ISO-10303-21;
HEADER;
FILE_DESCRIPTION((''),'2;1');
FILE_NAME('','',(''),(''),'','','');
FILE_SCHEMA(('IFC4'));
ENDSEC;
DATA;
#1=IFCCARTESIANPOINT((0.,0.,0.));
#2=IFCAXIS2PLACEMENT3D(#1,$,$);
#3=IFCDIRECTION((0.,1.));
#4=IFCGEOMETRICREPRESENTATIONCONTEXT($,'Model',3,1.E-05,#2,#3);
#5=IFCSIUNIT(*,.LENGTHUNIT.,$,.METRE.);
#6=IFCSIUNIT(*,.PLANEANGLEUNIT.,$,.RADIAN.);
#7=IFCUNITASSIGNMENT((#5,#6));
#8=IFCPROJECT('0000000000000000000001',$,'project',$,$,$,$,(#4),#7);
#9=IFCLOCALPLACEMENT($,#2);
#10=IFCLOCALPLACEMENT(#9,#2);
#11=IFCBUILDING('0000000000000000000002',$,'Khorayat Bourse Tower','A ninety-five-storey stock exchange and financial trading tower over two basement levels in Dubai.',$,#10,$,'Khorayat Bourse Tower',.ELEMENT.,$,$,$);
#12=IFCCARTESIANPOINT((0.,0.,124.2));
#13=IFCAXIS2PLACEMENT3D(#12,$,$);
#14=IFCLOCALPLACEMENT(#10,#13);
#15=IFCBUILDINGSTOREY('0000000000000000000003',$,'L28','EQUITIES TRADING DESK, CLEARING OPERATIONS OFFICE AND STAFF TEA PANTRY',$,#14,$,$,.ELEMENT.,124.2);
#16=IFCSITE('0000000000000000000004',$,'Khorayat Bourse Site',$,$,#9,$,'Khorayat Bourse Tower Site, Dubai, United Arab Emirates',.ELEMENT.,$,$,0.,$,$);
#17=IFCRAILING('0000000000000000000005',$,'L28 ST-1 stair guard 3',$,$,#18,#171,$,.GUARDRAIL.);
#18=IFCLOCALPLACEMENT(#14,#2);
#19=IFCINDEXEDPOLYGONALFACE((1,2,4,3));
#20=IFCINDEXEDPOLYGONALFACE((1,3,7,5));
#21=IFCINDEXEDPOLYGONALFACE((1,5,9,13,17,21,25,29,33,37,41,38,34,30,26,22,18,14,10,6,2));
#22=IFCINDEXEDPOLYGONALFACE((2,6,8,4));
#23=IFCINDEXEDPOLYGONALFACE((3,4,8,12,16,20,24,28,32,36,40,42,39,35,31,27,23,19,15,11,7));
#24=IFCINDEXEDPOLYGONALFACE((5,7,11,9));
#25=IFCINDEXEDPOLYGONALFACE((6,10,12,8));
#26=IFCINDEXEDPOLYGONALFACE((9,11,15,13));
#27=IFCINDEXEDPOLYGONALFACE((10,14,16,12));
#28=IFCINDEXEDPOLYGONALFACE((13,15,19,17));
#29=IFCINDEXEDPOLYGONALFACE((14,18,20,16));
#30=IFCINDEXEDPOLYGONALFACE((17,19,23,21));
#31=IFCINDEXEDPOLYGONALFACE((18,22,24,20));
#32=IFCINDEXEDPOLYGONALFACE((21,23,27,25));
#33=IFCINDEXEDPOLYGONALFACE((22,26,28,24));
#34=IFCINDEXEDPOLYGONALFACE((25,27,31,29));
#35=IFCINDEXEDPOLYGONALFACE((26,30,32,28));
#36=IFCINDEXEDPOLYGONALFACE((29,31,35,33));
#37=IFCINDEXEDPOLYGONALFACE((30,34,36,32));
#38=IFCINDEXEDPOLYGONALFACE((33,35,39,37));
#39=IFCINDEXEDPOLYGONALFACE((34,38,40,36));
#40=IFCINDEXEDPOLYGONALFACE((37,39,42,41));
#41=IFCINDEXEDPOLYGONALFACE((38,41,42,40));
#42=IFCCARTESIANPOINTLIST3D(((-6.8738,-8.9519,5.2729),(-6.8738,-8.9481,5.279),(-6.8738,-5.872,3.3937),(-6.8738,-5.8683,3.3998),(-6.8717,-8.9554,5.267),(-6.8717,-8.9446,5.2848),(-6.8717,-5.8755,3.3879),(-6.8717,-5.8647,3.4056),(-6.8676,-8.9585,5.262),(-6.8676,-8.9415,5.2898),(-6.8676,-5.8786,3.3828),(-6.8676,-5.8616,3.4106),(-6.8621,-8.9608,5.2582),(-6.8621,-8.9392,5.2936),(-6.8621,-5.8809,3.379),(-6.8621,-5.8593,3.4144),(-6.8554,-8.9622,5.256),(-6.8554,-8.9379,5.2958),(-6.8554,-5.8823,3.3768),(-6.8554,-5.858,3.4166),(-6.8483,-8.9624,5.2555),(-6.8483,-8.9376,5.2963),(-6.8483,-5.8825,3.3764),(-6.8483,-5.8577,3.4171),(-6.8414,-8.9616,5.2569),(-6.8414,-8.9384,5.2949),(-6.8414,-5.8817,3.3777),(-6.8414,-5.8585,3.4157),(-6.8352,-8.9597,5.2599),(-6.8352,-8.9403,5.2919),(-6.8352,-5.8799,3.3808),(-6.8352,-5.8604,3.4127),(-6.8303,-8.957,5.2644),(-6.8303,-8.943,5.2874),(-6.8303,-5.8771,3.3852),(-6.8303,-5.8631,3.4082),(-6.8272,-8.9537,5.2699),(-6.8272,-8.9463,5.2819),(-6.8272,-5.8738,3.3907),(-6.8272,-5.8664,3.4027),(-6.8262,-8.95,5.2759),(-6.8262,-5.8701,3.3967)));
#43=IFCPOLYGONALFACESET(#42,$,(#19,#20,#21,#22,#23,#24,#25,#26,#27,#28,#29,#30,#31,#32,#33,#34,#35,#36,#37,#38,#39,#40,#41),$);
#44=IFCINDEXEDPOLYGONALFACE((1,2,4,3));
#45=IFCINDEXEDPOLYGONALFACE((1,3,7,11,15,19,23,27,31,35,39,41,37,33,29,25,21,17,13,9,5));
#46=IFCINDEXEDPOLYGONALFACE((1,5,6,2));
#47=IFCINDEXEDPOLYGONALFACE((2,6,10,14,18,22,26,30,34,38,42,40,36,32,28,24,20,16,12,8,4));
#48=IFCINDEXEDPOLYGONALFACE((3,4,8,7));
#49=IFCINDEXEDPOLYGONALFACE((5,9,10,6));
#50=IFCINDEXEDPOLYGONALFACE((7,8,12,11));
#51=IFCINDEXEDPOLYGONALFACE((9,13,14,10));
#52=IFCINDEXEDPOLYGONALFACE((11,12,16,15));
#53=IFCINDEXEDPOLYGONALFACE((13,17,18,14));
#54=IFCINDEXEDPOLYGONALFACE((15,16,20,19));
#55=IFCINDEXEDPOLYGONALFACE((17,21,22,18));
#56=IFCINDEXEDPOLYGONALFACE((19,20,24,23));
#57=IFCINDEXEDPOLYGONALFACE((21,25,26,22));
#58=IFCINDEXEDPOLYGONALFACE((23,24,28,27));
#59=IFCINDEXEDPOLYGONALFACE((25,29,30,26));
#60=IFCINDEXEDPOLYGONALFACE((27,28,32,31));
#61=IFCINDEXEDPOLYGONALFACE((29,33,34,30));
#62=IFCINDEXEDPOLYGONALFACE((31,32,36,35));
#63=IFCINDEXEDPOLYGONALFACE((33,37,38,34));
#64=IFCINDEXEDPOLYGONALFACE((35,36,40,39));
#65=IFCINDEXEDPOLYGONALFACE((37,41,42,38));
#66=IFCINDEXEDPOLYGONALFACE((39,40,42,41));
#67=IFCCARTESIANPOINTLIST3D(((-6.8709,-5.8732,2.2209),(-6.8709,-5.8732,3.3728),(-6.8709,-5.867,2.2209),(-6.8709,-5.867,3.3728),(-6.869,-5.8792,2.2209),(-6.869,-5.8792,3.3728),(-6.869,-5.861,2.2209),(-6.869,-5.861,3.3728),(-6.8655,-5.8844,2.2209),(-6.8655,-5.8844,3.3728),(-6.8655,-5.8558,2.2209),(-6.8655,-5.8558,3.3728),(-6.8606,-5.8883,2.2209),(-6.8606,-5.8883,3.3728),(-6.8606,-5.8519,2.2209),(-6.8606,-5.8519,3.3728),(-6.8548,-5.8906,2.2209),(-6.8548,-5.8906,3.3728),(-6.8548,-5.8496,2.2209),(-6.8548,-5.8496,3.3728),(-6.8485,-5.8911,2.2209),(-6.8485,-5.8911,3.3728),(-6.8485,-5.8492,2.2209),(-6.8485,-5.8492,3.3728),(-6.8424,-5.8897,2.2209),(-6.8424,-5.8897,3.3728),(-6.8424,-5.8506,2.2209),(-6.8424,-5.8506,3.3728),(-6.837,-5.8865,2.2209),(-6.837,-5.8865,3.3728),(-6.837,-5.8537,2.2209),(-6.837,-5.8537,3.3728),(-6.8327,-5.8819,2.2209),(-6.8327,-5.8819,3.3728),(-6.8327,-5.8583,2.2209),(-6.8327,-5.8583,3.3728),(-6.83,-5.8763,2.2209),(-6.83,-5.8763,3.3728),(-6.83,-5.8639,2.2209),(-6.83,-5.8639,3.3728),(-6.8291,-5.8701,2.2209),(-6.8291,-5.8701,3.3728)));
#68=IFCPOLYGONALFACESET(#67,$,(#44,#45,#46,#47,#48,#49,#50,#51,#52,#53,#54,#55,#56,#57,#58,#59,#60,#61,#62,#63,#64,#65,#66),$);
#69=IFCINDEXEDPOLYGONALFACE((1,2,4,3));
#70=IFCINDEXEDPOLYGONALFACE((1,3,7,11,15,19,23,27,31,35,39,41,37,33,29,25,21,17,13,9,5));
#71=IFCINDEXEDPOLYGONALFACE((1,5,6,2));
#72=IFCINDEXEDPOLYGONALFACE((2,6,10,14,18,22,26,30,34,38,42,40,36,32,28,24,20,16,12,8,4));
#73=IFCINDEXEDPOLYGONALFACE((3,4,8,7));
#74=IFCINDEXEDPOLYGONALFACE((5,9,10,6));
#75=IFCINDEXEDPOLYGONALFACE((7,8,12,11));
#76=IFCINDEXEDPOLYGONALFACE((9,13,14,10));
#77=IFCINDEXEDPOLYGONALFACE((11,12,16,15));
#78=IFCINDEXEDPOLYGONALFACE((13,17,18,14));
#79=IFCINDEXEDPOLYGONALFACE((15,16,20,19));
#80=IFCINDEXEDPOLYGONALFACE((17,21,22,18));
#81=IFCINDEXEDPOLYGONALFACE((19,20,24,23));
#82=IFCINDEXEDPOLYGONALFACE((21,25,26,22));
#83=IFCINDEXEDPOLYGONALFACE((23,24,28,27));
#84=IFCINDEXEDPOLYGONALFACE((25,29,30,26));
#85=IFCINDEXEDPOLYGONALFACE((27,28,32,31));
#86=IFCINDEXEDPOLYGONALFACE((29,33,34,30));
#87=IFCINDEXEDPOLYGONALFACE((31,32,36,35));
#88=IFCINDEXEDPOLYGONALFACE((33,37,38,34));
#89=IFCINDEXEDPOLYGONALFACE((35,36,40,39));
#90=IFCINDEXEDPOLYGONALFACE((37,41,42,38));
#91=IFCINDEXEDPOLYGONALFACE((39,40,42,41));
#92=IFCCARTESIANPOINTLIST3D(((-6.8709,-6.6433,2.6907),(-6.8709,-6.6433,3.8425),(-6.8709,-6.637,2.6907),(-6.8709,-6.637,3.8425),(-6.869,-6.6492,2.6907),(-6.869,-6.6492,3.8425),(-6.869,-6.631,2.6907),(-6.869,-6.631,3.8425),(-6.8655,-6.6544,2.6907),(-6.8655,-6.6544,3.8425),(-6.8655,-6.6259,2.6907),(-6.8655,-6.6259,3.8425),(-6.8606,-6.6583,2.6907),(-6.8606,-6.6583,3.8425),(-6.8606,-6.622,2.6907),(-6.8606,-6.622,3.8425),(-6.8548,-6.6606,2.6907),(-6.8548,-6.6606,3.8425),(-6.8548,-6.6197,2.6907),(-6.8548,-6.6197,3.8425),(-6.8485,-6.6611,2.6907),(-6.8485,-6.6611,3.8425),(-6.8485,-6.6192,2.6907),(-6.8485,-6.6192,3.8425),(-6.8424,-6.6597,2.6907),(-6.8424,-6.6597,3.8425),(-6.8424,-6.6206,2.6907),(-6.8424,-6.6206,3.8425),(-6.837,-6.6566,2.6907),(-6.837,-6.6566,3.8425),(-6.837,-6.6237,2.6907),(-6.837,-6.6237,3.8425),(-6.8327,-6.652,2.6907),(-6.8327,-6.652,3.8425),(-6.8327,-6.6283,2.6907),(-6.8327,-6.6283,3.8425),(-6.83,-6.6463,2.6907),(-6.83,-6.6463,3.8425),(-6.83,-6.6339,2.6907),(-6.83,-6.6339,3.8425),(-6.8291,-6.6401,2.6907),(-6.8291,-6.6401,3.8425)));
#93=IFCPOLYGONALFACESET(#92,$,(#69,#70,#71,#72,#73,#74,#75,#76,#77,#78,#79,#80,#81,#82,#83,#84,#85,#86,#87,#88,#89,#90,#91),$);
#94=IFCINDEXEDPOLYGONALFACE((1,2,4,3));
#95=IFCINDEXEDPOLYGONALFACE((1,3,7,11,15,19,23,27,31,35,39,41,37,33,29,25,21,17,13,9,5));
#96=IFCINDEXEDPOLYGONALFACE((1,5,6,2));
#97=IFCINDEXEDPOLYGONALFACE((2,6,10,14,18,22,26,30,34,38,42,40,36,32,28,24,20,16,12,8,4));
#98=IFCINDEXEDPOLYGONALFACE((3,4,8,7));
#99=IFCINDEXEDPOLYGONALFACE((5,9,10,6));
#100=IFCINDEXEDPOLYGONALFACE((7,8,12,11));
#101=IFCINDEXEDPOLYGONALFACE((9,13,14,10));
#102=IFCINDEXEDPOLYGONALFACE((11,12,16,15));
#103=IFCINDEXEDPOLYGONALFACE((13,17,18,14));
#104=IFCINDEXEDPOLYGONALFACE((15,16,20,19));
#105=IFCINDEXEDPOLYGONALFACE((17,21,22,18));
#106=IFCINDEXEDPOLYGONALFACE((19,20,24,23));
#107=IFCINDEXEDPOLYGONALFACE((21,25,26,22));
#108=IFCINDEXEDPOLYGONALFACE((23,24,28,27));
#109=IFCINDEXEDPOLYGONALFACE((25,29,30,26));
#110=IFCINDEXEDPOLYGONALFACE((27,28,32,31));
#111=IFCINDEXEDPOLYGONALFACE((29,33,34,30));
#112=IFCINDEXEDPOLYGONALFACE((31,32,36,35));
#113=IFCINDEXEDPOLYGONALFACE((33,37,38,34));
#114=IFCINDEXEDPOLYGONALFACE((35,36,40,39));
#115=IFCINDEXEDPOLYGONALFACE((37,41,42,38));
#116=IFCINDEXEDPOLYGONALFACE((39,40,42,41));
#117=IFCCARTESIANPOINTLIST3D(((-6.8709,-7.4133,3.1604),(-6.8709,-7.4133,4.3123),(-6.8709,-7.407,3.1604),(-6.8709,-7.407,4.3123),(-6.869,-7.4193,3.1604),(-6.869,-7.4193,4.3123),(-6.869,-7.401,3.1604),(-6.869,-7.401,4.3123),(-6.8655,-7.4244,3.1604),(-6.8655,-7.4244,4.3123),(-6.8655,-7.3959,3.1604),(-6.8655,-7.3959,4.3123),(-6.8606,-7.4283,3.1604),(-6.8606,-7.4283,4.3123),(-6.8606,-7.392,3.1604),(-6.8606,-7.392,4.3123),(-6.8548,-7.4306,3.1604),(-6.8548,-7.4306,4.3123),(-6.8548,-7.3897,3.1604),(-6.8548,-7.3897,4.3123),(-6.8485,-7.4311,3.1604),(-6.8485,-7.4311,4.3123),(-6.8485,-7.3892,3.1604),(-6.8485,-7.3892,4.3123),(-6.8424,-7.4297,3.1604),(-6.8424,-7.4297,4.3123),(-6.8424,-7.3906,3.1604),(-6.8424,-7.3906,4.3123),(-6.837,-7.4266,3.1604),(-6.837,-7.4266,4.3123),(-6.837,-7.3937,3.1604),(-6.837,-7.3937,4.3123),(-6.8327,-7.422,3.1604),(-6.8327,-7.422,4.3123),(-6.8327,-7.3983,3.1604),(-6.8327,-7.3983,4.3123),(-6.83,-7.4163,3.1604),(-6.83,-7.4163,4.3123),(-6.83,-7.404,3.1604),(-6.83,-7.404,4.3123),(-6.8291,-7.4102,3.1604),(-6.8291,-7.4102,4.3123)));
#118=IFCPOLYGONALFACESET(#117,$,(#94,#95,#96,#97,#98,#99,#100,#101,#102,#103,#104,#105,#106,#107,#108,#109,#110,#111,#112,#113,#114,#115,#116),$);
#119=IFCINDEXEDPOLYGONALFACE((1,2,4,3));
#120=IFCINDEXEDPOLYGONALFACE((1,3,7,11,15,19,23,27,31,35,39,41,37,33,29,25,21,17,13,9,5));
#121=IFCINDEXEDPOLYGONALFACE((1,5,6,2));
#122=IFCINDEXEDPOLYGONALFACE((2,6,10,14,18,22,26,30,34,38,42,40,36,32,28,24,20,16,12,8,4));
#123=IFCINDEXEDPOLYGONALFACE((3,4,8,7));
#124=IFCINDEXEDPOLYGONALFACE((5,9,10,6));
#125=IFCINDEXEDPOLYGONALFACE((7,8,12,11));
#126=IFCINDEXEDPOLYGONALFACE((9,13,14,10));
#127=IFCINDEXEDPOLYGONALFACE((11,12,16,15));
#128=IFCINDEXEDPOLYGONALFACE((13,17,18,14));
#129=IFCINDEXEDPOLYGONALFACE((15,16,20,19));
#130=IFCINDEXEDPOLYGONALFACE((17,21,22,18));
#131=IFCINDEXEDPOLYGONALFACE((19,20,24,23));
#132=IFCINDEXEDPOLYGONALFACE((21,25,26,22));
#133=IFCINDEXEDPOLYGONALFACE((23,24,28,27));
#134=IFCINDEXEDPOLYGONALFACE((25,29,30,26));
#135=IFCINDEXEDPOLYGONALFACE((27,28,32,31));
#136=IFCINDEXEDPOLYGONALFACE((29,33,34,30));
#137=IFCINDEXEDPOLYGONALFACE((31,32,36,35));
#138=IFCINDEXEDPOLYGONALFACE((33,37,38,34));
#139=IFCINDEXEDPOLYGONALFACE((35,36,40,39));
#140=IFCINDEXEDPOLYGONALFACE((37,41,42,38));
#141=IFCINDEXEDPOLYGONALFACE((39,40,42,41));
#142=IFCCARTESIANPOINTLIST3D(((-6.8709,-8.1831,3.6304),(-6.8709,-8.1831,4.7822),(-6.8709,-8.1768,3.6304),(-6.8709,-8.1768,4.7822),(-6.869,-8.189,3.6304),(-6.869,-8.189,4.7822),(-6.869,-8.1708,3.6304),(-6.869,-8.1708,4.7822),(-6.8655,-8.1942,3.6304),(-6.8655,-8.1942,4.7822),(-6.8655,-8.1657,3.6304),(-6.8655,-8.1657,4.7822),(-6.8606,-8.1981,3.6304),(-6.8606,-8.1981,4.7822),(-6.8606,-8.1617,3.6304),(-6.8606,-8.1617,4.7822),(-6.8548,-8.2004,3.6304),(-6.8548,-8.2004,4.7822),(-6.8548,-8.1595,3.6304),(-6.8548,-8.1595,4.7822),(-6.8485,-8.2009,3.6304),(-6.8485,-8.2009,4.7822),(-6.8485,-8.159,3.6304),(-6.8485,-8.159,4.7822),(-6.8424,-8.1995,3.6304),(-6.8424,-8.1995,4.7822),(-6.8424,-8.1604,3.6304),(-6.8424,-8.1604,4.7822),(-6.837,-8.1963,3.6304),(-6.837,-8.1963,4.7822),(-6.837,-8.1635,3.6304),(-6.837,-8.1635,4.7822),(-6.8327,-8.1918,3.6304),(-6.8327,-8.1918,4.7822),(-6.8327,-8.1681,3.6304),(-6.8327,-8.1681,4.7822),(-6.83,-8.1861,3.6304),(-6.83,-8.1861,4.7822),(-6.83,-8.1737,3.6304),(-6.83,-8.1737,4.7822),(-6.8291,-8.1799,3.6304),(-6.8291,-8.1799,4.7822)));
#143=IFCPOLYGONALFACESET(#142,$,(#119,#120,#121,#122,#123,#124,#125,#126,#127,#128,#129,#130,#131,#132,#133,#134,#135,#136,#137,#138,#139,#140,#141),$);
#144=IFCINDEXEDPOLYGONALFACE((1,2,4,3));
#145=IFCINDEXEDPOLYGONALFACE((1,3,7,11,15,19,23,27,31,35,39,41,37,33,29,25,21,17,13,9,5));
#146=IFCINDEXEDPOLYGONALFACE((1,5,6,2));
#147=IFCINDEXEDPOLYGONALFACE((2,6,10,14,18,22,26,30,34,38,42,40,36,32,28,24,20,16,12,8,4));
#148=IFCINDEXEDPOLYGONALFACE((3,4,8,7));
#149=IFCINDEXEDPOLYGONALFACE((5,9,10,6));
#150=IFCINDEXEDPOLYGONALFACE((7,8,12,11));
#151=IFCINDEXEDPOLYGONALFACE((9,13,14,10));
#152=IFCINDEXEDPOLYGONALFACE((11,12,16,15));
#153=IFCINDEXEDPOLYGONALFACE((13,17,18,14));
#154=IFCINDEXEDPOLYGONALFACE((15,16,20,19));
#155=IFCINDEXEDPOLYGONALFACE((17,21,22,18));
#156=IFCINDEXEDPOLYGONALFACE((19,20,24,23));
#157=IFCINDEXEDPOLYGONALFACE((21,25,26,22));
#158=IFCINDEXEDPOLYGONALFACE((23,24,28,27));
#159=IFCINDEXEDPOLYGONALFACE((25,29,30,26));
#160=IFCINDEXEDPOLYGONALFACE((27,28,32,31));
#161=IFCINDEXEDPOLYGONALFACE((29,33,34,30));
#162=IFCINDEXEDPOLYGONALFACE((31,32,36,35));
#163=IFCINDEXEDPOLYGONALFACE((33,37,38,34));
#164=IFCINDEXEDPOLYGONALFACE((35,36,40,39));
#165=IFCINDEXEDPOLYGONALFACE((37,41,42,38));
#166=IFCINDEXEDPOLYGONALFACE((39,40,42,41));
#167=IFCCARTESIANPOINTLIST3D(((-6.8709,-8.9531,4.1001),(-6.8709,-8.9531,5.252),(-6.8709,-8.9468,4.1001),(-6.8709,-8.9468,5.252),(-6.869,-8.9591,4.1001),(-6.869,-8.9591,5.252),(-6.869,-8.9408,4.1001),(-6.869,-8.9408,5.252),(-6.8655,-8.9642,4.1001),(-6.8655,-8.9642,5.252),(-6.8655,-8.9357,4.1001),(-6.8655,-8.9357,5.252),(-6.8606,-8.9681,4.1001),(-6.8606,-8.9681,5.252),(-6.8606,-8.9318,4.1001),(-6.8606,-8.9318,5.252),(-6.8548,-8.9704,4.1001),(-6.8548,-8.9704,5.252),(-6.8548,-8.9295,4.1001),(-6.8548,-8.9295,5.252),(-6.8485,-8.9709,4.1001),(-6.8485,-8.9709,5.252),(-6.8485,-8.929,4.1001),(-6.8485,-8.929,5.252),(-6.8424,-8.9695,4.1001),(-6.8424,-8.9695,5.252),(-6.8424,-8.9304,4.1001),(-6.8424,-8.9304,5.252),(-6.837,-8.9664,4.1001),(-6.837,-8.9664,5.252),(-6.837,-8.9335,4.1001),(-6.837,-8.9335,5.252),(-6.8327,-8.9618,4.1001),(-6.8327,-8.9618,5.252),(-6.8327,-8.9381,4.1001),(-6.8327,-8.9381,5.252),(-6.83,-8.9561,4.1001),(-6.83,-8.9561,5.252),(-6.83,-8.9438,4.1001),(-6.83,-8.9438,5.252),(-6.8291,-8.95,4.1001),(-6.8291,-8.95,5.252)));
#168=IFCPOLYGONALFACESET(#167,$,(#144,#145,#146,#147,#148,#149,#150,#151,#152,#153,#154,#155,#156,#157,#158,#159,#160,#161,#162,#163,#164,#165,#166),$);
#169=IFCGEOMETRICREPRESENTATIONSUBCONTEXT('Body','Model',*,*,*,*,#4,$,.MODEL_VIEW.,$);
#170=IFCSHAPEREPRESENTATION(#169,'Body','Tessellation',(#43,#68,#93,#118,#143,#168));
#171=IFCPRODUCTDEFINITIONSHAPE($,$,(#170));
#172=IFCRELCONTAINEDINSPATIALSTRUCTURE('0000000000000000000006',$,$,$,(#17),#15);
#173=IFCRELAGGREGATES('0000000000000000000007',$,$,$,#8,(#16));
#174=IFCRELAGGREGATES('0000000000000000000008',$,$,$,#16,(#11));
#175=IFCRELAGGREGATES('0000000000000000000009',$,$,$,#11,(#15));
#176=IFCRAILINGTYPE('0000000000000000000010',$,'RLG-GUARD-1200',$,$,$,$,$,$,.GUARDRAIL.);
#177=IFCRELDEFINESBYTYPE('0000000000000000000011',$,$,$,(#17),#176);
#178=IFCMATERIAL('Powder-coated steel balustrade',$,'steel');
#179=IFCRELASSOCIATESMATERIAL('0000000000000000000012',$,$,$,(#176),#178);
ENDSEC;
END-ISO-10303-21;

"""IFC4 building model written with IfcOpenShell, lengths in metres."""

from ifc_helpers import new_model, si_unit, direction, frame, origin, origin_2d, place, context, subcontext, project, spatial, circle, extrude, source, transform, mapped, material, type_object, element, save


model = new_model("IFC4")

# Units and contexts
model_context = context("Model", 3, precision=1e-05, world=origin(), true_north=direction((0.0, 1.0)))
body_context = subcontext(model_context, "Body", "Model", "MODEL_VIEW")
ifc_project = project(units=[si_unit("LENGTHUNIT", "METRE"), si_unit("PLANEANGLEUNIT", "RADIAN")], contexts=[model_context])

# Site, building, storey
site_placement = place(None, origin())
site = spatial("IfcSite", under=ifc_project, at=site_placement, Name="Khorayat Bourse Site", LongName="Khorayat Bourse Tower Site, Dubai, United Arab Emirates", CompositionType="ELEMENT", RefElevation=0.0)
building_placement = place(site_placement, origin())
building = spatial("IfcBuilding", under=site, at=building_placement, Name="Khorayat Bourse Tower", Description="A ninety-five-storey stock exchange and financial trading tower over two basement levels in Dubai.", LongName="Khorayat Bourse Tower", CompositionType="ELEMENT")
storey_placement = place(building_placement, frame((0.0, 0.0, 124.2)))
storey = spatial("IfcBuildingStorey", under=building, at=storey_placement, Name="L28", Description="EQUITIES TRADING DESK, CLEARING OPERATIONS OFFICE AND STAFF TEA PANTRY", CompositionType="ELEMENT", Elevation=124.2)

# Railing
ifc_material_1 = material(Name="Powder-coated steel balustrade", Category="steel")
railing_type_1 = type_object("IfcRailingType", Name="RLG-GUARD-1200", PredefinedType="GUARDRAIL", material=ifc_material_1)
shared_shape_1 = source(origin(), body_context, "Body", "SweptSolid", [
    extrude(circle(Radius=0.0239, at=origin_2d()), frame((0.0, 0.0, 1.1758), z_axis=(0.0, -0.853648, 0.52085), x_axis=(1.0, 0.0, 0.0)), (0.0, 0.0, 1.0), 3.6079),
    extrude(circle(Radius=0.021, at=origin_2d()), origin(), (0.0, 0.0, 1.0), 1.1519),
    extrude(circle(Radius=0.021, at=origin_2d()), frame((0.0, -0.77, 0.4697)), (0.0, 0.0, 1.0), 1.1519),
    extrude(circle(Radius=0.021, at=origin_2d()), frame((0.0, -1.54, 0.9395)), (0.0, 0.0, 1.0), 1.1519),
    extrude(circle(Radius=0.021, at=origin_2d()), frame((0.0, -2.3098, 1.4094)), (0.0, 0.0, 1.0), 1.1519),
    extrude(circle(Radius=0.021, at=origin_2d()), frame((0.0, -3.0798, 1.8792)), (0.0, 0.0, 1.0), 1.1519),
])
railing_1_placement = place(storey_placement, frame((-6.8501, -5.8701, 2.2209)))
element("IfcRailing", 1, at=railing_1_placement, inside=storey, type_object=railing_type_1, Name="L28 ST-1 stair guard 3", PredefinedType="GUARDRAIL", context=body_context, shape_type="MappedRepresentation", body=[
    mapped(shared_shape_1, transform((0.0, 0.0, 0.0), scale=1.0)),
])

save(model, "model.ifc")
